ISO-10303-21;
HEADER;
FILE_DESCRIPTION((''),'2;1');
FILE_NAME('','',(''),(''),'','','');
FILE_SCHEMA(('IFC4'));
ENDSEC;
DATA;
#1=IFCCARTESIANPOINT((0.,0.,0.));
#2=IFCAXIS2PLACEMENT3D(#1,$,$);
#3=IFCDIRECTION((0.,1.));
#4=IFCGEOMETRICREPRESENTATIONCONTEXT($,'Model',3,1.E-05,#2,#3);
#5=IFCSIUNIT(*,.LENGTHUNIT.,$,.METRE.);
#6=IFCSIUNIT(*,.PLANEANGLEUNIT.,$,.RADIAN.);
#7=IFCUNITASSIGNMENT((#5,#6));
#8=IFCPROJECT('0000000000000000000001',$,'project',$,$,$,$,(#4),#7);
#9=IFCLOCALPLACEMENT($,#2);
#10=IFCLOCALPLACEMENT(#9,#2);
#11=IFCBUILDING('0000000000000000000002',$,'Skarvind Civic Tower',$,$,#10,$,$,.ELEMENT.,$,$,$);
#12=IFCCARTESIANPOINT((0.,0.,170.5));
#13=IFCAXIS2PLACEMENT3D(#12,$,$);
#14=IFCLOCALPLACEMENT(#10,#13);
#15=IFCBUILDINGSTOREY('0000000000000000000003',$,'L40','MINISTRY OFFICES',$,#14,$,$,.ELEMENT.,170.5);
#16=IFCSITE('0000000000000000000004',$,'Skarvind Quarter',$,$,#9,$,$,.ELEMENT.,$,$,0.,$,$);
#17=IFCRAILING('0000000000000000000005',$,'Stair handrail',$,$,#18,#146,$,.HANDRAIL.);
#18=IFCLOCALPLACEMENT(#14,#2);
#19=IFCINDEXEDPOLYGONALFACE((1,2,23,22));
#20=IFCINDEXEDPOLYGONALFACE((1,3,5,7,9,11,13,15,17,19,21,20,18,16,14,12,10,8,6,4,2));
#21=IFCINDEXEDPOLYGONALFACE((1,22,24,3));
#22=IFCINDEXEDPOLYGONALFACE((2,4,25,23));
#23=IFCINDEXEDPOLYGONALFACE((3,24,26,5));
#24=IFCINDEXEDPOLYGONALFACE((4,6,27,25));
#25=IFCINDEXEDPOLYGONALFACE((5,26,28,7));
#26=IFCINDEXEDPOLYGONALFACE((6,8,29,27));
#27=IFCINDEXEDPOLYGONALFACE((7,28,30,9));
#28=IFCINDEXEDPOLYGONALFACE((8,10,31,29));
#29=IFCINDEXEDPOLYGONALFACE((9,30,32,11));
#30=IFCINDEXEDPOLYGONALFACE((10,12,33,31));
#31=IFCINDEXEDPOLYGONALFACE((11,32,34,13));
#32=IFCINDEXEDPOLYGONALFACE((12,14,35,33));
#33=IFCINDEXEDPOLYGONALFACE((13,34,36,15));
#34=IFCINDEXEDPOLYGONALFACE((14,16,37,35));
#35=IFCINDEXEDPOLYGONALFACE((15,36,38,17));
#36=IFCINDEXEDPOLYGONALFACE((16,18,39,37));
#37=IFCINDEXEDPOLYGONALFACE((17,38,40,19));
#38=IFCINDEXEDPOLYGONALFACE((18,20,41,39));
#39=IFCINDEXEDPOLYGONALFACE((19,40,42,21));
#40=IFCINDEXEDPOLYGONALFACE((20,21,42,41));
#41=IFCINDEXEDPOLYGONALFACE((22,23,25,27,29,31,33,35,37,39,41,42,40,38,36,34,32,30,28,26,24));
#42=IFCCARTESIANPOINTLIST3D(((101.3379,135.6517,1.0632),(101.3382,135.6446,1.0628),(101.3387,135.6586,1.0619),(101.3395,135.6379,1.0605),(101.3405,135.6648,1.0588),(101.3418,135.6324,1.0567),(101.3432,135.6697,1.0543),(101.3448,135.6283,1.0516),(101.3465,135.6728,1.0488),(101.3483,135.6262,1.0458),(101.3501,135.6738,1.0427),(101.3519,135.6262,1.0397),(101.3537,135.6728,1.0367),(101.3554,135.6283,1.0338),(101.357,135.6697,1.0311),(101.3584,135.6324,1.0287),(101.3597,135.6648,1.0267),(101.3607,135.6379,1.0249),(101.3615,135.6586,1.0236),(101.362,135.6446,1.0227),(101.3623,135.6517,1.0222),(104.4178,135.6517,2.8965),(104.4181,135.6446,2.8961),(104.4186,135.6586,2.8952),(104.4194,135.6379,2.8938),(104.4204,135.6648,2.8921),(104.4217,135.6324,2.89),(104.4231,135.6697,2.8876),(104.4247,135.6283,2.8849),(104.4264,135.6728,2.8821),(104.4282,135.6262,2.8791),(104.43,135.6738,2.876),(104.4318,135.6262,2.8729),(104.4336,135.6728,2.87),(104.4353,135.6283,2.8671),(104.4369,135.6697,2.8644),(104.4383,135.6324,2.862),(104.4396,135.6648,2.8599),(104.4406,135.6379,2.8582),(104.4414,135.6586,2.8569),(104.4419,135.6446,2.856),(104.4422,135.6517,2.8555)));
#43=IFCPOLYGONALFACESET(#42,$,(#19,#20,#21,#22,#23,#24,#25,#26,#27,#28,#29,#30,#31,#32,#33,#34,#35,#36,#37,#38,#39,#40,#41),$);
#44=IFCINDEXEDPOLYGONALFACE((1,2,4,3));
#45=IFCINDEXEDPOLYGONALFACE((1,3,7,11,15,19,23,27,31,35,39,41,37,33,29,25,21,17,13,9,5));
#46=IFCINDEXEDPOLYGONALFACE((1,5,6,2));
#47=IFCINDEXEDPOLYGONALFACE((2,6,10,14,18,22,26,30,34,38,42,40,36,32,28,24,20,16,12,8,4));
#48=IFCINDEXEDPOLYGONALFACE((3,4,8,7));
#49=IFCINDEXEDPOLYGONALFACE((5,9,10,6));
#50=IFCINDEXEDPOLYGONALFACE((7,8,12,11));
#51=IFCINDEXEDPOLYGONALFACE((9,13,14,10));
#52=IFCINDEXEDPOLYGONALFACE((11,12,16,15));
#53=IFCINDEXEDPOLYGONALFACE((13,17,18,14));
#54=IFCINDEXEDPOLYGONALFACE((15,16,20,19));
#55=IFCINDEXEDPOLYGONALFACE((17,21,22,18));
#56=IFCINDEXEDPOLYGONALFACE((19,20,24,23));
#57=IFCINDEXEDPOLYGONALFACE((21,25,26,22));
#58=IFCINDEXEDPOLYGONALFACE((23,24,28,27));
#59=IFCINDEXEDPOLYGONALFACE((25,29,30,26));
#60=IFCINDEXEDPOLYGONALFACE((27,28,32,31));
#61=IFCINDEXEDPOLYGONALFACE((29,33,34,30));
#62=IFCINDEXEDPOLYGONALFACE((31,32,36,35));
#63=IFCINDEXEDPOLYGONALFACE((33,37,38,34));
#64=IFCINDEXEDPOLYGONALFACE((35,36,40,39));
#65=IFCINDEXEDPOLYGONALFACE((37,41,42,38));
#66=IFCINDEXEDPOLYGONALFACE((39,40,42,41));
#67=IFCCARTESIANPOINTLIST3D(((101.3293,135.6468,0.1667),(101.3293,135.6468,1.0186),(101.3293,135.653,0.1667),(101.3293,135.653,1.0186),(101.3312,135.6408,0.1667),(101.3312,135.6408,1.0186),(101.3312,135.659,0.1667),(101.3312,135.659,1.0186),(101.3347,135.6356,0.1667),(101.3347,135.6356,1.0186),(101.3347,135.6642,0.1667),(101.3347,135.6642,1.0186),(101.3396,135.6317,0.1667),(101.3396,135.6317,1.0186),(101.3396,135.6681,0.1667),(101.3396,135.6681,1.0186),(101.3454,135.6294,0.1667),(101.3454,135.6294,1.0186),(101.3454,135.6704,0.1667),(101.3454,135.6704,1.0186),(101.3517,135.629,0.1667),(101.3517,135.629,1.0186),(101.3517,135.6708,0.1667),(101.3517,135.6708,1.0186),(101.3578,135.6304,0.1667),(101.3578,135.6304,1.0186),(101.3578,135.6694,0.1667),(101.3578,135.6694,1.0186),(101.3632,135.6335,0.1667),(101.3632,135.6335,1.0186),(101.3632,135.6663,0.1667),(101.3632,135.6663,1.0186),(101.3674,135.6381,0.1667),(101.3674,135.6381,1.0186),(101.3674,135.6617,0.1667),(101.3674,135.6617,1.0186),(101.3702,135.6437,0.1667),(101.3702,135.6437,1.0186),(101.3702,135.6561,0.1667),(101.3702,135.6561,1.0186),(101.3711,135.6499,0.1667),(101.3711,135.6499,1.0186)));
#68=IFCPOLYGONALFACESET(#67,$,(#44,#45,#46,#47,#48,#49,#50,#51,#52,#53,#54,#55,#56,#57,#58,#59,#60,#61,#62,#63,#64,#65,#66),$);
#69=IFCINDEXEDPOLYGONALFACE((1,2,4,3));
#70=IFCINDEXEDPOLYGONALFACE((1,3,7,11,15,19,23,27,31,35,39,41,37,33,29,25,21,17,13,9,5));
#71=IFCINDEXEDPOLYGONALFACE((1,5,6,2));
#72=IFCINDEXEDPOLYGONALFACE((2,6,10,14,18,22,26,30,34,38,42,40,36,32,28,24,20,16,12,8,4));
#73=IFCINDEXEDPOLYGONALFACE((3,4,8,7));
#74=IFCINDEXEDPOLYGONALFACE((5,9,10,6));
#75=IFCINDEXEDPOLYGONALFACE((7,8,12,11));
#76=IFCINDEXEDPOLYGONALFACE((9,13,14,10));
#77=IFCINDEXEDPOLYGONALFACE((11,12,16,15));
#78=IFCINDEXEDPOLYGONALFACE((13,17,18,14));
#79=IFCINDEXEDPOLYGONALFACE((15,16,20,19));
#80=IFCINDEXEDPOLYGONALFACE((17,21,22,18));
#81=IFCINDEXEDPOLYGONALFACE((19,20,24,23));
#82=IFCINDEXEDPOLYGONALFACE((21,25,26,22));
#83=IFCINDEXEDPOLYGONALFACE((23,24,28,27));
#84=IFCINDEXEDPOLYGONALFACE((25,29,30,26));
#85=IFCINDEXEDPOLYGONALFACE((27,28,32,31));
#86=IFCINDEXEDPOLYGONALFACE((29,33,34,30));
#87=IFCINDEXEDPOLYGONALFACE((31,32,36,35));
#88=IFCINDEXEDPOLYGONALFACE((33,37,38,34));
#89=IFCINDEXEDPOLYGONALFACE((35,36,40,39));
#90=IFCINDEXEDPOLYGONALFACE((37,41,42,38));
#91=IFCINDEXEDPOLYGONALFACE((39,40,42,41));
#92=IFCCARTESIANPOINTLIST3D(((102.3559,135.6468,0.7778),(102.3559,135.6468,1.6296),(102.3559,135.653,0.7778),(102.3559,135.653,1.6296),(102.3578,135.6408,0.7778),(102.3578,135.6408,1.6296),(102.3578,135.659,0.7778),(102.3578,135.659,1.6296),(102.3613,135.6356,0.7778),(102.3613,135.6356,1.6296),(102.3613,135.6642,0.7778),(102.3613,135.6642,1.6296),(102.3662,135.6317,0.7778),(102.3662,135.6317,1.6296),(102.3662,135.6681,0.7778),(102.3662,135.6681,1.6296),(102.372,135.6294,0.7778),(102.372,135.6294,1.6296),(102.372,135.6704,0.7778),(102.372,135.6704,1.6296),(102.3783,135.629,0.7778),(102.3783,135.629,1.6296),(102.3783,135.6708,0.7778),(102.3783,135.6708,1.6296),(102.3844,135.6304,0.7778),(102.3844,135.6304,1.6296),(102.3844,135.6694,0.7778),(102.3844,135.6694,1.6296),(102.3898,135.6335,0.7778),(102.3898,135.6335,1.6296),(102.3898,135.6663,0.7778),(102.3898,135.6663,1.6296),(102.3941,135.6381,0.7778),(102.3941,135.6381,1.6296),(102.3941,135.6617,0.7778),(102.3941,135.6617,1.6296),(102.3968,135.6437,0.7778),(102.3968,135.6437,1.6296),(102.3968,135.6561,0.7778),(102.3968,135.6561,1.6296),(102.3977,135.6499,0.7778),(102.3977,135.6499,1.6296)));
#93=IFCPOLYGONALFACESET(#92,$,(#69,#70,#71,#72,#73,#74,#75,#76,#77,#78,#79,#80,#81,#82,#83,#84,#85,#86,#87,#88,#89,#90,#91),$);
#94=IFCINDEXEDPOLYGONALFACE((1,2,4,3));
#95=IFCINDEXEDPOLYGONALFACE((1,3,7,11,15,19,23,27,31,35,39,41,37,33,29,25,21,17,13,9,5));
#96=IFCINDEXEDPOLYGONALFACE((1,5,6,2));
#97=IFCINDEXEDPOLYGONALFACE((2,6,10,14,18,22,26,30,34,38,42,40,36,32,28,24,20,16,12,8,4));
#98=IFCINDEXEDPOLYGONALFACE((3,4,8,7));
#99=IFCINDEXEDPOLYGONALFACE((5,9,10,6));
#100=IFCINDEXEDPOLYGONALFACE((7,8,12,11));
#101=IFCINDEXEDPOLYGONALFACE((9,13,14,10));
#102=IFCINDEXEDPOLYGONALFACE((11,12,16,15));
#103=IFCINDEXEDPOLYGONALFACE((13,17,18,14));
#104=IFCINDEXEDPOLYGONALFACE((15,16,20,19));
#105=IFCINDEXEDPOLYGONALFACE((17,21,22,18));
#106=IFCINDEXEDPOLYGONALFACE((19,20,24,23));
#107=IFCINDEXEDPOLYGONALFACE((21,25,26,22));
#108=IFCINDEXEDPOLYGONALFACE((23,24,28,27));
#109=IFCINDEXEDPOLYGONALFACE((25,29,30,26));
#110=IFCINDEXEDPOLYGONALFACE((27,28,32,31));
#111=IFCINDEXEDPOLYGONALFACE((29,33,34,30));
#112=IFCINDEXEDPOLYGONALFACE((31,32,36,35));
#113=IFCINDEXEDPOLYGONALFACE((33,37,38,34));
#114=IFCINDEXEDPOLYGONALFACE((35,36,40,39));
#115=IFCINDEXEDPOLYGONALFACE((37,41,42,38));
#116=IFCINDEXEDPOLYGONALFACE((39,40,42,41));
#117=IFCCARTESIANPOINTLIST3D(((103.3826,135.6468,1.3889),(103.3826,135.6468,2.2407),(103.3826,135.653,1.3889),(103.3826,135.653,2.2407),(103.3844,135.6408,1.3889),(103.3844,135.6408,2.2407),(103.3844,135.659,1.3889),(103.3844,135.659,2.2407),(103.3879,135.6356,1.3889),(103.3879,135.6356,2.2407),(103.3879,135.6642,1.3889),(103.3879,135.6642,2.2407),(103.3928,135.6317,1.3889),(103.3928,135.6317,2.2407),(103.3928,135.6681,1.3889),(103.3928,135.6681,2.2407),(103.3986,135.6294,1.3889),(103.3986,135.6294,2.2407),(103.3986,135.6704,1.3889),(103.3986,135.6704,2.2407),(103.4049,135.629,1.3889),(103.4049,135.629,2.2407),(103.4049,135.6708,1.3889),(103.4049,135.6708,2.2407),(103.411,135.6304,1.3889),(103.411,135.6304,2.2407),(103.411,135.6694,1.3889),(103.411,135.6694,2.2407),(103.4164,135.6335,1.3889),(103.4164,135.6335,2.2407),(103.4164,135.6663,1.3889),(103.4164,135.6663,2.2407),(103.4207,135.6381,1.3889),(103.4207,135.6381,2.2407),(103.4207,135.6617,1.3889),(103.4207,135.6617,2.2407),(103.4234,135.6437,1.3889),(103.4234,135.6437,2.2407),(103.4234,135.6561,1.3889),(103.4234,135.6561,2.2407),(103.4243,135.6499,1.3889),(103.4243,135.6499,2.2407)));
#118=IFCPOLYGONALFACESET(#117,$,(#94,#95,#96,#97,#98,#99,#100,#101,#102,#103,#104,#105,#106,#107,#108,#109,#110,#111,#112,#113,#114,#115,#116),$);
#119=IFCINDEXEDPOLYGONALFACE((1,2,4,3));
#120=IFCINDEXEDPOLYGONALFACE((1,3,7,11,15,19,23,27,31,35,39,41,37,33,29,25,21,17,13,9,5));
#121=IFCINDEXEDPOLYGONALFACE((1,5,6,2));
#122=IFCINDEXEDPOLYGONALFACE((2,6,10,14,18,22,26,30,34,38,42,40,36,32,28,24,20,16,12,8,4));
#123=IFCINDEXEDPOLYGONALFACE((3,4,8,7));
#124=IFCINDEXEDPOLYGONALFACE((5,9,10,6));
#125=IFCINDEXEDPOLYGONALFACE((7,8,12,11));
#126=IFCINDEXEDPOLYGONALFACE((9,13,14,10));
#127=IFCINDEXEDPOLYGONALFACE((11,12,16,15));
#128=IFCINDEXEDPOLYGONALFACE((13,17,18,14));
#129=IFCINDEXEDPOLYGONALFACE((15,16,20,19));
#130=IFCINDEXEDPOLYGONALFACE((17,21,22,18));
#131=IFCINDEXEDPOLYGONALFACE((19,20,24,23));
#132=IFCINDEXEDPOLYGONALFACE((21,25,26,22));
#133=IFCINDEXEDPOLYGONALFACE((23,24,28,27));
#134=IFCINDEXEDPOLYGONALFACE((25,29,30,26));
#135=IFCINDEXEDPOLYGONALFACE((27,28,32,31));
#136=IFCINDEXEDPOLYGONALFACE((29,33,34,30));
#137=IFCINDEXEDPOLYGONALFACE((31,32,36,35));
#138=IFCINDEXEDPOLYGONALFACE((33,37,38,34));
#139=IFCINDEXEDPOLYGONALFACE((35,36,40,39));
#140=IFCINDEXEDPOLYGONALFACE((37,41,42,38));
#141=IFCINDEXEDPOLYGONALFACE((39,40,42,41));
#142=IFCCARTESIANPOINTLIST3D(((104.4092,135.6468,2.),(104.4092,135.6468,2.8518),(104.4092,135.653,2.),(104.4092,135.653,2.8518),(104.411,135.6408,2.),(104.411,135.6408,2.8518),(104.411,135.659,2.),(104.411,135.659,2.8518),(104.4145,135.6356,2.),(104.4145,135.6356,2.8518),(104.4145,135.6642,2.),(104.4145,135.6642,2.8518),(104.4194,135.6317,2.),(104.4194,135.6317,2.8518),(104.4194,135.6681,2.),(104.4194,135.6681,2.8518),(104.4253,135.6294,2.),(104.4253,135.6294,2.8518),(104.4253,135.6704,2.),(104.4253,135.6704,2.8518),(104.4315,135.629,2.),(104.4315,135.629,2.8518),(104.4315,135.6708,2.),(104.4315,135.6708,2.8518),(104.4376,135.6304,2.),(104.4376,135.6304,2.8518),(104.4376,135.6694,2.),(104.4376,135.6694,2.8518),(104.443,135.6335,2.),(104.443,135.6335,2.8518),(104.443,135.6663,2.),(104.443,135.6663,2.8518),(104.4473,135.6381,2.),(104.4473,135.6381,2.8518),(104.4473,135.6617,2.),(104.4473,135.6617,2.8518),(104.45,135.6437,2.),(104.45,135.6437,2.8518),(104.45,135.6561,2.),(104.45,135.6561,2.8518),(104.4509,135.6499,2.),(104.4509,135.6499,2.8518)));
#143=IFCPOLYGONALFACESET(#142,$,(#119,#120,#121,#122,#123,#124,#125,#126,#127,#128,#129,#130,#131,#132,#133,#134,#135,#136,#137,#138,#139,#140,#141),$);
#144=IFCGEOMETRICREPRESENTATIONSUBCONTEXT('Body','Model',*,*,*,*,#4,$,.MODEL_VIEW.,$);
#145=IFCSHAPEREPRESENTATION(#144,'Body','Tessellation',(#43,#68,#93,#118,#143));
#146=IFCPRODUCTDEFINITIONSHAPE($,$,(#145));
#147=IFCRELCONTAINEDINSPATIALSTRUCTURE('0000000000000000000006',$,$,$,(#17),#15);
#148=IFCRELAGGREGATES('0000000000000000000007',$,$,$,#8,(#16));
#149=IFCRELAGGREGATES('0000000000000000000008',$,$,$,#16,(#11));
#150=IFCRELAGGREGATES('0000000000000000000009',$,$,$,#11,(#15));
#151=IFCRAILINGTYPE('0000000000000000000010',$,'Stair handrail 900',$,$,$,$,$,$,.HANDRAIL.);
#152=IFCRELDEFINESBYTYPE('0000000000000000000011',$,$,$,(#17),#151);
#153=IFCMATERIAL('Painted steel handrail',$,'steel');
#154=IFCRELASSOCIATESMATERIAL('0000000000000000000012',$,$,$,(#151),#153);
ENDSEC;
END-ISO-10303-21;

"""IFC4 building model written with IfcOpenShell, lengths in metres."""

from ifc_helpers import new_model, si_unit, direction, frame, origin, origin_2d, place, context, subcontext, project, spatial, circle, extrude, material, type_object, element, save


model = new_model("IFC4")

# Units and contexts
model_context = context("Model", 3, precision=1e-05, world=origin(), true_north=direction((0.0, 1.0)))
body_context = subcontext(model_context, "Body", "Model", "MODEL_VIEW")
ifc_project = project(units=[si_unit("LENGTHUNIT", "METRE"), si_unit("PLANEANGLEUNIT", "RADIAN")], contexts=[model_context])

# Site, building, storey
site_placement = place(None, origin())
site = spatial("IfcSite", under=ifc_project, at=site_placement, Name="Skarvind Quarter", CompositionType="ELEMENT", RefElevation=0.0)
building_placement = place(site_placement, origin())
building = spatial("IfcBuilding", under=site, at=building_placement, Name="Skarvind Civic Tower", CompositionType="ELEMENT")
storey_placement = place(building_placement, frame((0.0, 0.0, 170.5)))
storey = spatial("IfcBuildingStorey", under=building, at=storey_placement, Name="L40", Description="MINISTRY OFFICES", CompositionType="ELEMENT", Elevation=170.5)

# Railing
ifc_material_1 = material(Name="Painted steel handrail", Category="steel")
railing_type = type_object("IfcRailingType", Name="Stair handrail 900", PredefinedType="HANDRAIL", material=ifc_material_1)
railing_1_placement = place(storey_placement, frame((101.3501, 135.6499, 0.1667)))
element("IfcRailing", 1, at=railing_1_placement, inside=storey, type_object=railing_type, Name="Stair handrail", PredefinedType="HANDRAIL", context=body_context, shape_type="SweptSolid", body=[
    extrude(circle(Radius=0.0239, at=origin_2d()), frame((0.0, 0.0, 0.876), z_axis=(0.859291, 0.0, 0.511487), x_axis=(0.0, 1.0, 0.0)), (0.0, 0.0, 1.0), 3.5842),
    extrude(circle(Radius=0.021, at=origin_2d()), origin(), (0.0, 0.0, 1.0), 0.8518),
    extrude(circle(Radius=0.021, at=origin_2d()), frame((1.0266, 0.0, 0.6111)), (0.0, 0.0, 1.0), 0.8518),
    extrude(circle(Radius=0.021, at=origin_2d()), frame((2.0532, 0.0, 1.2222)), (0.0, 0.0, 1.0), 0.8518),
    extrude(circle(Radius=0.021, at=origin_2d()), frame((3.0798, 0.0, 1.8333)), (0.0, 0.0, 1.0), 0.8518),
])

save(model, "model.ifc")
